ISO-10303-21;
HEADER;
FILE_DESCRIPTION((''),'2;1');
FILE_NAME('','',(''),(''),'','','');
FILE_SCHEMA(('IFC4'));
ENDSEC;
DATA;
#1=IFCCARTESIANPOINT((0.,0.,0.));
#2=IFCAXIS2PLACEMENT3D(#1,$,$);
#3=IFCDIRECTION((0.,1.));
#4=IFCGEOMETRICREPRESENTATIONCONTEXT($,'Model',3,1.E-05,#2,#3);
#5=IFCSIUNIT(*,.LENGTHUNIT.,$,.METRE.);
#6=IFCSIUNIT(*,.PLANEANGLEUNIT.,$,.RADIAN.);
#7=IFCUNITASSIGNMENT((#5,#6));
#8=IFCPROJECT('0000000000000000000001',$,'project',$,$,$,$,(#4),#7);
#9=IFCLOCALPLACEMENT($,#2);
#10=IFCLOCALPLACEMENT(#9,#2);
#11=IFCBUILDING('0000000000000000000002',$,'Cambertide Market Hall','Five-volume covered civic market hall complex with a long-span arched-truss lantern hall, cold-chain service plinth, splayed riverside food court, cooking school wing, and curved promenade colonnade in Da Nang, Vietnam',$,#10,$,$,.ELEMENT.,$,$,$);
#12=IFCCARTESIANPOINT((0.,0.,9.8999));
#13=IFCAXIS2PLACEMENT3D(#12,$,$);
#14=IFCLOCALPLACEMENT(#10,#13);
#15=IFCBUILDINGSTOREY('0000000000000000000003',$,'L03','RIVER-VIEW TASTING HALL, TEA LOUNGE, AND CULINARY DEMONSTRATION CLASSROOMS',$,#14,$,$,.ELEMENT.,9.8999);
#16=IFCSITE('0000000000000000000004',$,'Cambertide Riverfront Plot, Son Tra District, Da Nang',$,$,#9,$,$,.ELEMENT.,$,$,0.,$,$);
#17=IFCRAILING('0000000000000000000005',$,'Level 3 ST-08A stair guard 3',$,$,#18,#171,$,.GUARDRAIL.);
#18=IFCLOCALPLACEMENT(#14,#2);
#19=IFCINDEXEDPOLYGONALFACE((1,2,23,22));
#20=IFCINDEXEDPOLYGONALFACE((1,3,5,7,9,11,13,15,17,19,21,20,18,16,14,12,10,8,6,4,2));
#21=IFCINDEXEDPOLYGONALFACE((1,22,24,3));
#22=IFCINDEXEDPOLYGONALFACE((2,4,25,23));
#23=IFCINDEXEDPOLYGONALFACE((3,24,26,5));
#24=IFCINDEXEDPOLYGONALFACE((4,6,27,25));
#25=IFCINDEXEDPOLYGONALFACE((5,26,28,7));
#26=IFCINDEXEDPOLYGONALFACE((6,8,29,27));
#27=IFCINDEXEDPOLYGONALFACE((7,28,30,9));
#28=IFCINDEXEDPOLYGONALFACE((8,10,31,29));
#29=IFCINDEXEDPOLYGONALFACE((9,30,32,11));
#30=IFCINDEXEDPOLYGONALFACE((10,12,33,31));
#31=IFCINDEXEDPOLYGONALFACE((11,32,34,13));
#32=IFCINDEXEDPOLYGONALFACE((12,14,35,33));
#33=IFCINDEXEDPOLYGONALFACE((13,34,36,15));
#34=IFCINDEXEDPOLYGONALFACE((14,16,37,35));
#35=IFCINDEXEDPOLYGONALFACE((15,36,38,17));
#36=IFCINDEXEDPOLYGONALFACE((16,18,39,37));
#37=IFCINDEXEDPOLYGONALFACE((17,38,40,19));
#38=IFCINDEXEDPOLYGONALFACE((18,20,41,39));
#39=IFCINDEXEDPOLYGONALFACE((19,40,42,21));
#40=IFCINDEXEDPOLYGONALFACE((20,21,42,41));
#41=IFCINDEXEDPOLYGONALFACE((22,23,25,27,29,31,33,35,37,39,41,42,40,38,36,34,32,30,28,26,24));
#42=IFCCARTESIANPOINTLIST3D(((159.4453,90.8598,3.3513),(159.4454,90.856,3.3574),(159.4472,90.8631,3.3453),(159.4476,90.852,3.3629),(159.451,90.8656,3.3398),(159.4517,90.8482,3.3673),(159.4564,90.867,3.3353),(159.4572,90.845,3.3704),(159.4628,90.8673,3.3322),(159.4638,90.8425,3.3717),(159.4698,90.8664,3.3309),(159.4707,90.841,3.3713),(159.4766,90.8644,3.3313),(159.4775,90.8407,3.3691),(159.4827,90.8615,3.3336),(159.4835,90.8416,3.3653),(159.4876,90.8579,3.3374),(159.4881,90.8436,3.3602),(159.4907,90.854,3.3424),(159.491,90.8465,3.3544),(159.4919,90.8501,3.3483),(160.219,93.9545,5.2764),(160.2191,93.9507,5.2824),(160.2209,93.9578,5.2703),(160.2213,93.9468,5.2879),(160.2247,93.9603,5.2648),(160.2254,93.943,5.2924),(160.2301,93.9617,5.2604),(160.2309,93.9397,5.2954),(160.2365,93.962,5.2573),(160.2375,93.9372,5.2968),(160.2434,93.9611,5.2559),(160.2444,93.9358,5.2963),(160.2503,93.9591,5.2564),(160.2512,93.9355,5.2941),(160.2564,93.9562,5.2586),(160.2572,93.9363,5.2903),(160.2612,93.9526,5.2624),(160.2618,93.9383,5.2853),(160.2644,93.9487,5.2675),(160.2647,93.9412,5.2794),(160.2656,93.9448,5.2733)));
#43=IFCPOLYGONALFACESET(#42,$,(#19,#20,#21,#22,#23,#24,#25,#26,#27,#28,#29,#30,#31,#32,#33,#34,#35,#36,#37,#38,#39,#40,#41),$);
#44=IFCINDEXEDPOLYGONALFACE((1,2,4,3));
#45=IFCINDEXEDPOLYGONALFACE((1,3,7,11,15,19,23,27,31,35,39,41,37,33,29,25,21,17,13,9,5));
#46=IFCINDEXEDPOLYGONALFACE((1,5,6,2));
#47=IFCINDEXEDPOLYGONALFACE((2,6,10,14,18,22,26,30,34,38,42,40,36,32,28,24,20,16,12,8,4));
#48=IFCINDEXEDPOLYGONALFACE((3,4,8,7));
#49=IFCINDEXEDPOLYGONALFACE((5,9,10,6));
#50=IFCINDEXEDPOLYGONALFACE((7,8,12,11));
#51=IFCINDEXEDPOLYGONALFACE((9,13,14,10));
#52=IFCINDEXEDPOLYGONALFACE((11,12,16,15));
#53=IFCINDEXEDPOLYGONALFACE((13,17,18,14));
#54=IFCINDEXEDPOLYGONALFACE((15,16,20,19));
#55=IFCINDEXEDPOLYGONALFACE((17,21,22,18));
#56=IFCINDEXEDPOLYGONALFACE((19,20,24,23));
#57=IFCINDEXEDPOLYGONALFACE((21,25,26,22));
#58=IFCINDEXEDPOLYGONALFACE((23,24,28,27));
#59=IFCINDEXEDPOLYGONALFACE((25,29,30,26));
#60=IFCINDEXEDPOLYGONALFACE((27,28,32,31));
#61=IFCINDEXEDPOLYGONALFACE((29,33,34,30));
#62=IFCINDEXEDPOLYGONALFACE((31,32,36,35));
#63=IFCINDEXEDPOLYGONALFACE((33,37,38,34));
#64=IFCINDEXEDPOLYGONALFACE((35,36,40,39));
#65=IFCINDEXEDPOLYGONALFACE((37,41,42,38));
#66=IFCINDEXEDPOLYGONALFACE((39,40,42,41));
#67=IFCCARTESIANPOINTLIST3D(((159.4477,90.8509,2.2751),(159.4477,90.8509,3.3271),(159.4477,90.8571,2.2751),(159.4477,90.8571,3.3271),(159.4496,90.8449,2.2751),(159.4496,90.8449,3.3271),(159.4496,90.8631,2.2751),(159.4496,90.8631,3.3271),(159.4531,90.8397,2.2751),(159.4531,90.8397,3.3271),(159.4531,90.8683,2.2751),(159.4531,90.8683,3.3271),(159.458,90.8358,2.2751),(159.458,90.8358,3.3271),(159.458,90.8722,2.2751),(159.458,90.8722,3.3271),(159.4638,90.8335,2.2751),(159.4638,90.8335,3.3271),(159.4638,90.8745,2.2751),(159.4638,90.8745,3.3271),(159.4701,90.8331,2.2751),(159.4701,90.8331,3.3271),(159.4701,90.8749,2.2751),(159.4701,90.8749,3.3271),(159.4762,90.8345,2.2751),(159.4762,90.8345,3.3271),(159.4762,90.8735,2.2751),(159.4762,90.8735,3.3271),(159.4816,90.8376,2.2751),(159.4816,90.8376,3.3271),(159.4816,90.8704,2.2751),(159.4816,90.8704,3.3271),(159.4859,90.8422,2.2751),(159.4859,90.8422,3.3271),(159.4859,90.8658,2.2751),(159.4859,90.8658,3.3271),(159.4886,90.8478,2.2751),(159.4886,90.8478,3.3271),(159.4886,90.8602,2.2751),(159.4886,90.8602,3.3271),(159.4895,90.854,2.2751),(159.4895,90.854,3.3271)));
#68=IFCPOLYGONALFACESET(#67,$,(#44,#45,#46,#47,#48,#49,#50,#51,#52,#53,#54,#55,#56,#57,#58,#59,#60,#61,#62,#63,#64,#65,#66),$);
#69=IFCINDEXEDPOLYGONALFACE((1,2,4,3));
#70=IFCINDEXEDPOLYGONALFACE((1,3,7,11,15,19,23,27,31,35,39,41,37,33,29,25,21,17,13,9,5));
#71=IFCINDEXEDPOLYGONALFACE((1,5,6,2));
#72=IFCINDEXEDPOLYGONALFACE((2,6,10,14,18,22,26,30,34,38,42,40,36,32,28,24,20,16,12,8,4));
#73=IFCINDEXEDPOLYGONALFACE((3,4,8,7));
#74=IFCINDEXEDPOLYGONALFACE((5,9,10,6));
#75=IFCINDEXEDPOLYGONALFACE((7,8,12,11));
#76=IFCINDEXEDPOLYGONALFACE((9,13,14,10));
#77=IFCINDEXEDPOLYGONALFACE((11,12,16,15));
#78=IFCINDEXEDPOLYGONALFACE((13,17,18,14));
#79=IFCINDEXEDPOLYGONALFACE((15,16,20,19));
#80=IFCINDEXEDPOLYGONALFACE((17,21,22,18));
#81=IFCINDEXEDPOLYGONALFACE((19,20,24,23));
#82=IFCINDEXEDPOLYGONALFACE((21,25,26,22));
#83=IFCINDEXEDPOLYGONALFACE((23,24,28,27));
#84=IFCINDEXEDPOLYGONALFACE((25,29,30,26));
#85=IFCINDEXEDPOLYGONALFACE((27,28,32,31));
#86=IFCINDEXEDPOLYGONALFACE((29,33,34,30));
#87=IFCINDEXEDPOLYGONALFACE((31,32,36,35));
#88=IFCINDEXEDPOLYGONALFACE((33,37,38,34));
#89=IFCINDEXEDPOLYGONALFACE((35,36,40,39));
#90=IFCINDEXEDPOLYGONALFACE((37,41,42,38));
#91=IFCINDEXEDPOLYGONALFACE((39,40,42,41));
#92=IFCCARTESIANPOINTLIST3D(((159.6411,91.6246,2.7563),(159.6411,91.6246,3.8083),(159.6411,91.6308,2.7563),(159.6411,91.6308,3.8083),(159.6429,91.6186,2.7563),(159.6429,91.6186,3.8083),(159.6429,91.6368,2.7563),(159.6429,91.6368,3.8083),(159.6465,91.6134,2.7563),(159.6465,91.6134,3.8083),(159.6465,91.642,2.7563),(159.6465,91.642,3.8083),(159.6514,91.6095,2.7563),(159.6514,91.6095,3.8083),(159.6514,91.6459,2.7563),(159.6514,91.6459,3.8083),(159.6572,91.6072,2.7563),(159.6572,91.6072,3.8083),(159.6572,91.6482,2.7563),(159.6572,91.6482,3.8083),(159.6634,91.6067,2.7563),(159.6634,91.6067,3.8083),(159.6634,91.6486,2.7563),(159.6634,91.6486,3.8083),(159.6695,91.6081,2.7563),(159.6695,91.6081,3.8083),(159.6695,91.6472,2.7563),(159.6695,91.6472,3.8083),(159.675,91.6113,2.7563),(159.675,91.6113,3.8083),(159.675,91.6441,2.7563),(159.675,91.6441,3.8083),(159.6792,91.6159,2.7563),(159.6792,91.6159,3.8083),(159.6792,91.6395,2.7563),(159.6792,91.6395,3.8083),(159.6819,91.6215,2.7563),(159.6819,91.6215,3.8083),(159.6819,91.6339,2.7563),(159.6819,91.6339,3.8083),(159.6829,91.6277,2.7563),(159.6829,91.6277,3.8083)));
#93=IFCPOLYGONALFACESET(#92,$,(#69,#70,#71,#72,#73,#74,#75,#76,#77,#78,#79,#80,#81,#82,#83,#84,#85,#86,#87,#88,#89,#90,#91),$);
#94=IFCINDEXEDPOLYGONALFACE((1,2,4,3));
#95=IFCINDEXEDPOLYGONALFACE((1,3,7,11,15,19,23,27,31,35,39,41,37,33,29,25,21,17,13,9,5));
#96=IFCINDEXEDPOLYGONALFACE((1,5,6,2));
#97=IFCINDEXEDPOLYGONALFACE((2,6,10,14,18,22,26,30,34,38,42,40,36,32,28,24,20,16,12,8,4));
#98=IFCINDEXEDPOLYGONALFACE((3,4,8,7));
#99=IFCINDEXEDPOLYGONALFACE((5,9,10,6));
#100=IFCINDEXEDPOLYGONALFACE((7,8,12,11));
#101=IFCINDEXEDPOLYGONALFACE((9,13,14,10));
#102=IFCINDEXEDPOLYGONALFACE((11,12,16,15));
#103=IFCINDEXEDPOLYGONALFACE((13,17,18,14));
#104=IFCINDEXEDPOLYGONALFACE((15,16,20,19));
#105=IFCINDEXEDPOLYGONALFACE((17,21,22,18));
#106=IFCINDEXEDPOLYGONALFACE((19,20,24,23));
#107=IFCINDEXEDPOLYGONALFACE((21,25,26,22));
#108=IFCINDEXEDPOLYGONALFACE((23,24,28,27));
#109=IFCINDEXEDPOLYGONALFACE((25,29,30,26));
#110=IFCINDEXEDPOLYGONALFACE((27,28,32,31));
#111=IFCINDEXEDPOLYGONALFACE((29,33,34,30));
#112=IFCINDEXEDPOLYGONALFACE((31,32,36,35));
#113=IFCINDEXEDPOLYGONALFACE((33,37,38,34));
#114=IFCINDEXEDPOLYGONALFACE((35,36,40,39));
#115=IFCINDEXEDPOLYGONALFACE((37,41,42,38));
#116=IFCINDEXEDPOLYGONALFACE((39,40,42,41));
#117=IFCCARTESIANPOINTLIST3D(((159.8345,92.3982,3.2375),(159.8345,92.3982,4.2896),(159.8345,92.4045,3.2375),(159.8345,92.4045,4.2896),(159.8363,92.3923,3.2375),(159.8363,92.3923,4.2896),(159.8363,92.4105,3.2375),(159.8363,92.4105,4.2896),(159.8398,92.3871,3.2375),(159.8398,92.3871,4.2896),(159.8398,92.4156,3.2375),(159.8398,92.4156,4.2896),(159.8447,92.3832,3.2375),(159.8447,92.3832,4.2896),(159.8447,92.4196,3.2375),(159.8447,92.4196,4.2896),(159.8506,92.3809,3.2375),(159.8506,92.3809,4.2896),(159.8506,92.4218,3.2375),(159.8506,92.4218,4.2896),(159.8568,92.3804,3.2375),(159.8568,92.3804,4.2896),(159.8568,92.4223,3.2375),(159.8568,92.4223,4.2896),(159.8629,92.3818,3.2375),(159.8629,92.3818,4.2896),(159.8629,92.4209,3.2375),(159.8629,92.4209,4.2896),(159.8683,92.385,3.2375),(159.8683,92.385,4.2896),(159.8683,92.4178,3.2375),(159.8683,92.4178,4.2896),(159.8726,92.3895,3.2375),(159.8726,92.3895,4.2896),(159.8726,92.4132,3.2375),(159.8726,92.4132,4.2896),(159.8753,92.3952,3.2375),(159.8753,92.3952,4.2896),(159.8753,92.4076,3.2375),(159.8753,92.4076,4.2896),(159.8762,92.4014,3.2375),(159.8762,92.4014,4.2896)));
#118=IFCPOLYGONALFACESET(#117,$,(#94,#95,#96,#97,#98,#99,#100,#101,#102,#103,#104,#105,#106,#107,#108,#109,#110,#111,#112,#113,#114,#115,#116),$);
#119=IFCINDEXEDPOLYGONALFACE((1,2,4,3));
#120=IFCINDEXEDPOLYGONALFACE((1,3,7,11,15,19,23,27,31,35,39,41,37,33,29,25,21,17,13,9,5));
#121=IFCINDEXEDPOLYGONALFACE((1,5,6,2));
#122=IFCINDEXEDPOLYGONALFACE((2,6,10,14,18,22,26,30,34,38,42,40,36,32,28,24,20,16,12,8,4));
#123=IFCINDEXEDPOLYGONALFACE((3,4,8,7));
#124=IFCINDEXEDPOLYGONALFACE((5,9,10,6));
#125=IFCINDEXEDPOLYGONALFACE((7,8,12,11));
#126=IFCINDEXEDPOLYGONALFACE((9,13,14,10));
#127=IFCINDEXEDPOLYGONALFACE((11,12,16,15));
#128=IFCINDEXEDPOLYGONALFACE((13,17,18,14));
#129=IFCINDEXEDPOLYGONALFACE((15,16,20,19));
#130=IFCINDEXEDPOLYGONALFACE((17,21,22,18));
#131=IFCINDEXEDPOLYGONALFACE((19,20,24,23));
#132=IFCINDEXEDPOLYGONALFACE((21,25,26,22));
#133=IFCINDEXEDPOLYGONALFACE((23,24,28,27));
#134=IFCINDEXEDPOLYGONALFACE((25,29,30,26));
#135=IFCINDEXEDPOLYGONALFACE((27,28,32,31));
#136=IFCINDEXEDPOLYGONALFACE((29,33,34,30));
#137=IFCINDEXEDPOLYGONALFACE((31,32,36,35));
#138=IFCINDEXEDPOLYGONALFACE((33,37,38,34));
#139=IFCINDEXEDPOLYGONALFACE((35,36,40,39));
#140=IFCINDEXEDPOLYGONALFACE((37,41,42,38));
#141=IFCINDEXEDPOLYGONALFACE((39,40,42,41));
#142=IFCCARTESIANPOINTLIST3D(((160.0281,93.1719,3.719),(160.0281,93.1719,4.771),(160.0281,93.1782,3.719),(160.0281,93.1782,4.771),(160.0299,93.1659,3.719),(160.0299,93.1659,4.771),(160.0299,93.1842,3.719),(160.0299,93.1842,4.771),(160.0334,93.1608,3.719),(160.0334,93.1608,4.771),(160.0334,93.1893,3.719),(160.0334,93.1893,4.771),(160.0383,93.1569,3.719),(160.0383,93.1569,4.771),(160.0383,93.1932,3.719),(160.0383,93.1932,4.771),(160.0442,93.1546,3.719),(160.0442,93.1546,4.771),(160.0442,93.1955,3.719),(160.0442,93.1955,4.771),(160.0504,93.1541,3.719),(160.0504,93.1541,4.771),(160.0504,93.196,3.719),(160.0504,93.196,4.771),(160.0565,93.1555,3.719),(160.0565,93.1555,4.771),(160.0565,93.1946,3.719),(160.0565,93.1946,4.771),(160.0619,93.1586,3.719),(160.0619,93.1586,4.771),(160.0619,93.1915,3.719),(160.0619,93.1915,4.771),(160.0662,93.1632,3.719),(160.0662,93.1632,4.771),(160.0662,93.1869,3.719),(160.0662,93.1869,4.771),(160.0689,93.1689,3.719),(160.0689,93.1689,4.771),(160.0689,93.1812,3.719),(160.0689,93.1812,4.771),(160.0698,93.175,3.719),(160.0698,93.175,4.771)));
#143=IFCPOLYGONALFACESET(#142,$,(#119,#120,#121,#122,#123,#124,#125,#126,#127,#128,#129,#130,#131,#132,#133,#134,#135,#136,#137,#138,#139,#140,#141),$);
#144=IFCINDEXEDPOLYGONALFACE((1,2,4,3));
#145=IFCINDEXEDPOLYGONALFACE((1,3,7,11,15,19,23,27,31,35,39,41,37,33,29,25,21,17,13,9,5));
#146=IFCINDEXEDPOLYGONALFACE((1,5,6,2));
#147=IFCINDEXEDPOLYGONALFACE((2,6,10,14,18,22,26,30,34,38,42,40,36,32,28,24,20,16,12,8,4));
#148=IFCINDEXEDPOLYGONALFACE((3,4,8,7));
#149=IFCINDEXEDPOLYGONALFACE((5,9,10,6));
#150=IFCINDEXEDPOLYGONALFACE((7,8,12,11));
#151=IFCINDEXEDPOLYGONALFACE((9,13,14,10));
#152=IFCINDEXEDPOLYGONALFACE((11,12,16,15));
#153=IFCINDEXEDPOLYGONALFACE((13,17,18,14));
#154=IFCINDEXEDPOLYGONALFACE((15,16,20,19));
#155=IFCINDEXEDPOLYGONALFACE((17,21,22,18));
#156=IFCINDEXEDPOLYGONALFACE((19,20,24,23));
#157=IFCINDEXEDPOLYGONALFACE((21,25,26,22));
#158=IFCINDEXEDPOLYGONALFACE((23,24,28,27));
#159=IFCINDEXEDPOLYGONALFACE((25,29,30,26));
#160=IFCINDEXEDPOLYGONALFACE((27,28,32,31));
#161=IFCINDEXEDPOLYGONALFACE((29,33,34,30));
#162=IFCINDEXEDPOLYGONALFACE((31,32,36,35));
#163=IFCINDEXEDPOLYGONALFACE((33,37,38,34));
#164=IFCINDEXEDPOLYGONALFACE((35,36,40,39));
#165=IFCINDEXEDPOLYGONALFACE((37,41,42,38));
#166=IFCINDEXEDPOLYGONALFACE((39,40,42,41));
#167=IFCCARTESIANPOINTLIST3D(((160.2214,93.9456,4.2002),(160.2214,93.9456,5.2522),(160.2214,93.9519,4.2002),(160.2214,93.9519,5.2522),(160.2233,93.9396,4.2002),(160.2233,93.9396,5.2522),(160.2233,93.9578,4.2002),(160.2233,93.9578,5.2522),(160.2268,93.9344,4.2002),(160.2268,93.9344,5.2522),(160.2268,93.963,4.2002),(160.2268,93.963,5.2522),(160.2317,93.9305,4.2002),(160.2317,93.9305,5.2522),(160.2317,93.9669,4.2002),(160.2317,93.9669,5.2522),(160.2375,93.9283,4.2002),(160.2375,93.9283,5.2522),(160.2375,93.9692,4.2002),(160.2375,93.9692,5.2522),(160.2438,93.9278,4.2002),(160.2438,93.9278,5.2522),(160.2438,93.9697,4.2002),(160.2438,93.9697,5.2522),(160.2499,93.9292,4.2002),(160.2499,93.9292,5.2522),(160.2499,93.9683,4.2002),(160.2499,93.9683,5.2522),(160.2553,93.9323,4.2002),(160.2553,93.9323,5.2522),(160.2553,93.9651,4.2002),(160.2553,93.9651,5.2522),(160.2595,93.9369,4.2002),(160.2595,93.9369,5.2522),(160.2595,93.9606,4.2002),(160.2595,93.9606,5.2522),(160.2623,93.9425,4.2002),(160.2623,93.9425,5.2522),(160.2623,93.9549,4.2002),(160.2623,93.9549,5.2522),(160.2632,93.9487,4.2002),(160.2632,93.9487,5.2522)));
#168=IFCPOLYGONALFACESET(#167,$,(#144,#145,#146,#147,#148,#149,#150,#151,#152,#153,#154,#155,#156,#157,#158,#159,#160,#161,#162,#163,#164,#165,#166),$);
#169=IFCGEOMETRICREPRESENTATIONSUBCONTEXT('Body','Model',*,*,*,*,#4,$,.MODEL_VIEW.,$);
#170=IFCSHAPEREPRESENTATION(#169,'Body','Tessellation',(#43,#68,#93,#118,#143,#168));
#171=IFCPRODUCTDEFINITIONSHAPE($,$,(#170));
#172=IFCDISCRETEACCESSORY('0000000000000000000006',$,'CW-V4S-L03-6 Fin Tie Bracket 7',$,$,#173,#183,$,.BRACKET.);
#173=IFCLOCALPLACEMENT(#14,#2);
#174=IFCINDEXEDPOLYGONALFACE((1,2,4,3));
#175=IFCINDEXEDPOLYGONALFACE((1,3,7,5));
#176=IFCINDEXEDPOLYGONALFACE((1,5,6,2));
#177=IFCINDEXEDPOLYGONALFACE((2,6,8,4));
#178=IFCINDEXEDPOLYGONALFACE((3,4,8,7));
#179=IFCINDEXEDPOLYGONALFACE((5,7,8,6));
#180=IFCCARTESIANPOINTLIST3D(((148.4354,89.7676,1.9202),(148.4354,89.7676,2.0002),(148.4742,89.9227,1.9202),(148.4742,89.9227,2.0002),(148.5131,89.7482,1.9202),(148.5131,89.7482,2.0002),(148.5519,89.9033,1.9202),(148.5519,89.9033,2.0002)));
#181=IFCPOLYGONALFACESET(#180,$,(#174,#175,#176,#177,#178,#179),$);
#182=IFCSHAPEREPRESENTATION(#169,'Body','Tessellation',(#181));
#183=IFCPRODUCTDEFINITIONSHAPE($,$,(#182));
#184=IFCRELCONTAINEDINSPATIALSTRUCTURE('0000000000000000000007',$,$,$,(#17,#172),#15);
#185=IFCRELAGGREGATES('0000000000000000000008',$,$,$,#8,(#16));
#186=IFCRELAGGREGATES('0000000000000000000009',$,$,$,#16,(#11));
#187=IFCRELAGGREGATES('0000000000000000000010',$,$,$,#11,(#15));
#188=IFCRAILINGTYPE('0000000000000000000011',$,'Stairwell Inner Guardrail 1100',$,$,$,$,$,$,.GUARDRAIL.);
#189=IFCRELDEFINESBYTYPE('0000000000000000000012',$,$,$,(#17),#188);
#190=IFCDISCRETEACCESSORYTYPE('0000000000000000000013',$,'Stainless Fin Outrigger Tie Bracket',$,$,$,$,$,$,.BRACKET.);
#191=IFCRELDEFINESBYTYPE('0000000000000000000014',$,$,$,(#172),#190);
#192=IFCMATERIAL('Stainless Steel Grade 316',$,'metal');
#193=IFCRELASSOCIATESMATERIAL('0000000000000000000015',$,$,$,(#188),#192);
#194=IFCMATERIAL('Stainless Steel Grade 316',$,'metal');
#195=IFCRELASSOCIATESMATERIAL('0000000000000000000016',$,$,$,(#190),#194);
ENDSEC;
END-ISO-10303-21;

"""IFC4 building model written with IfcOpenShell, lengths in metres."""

from ifc_helpers import new_model, si_unit, direction, frame, origin, origin_2d, place, context, subcontext, project, spatial, rectangle, circle, extrude, material, type_object, element, save


model = new_model("IFC4")

# Units and contexts
model_context = context("Model", 3, precision=1e-05, world=origin(), true_north=direction((0.0, 1.0)))
body_context = subcontext(model_context, "Body", "Model", "MODEL_VIEW")
ifc_project = project(units=[si_unit("LENGTHUNIT", "METRE"), si_unit("PLANEANGLEUNIT", "RADIAN")], contexts=[model_context])

# Site, building, storey
site_placement = place(None, origin())
site = spatial("IfcSite", under=ifc_project, at=site_placement, Name="Cambertide Riverfront Plot, Son Tra District, Da Nang", CompositionType="ELEMENT", RefElevation=0.0)
building_placement = place(site_placement, origin())
building = spatial("IfcBuilding", under=site, at=building_placement, Name="Cambertide Market Hall", Description="Five-volume covered civic market hall complex with a long-span arched-truss lantern hall, cold-chain service plinth, splayed riverside food court, cooking school wing, and curved promenade colonnade in Da Nang, Vietnam", CompositionType="ELEMENT")
storey_placement = place(building_placement, frame((0.0, 0.0, 9.8999)))
storey = spatial("IfcBuildingStorey", under=building, at=storey_placement, Name="L03", Description="RIVER-VIEW TASTING HALL, TEA LOUNGE, AND CULINARY DEMONSTRATION CLASSROOMS", CompositionType="ELEMENT", Elevation=9.8999)

# Railing
ifc_material_1 = material(Name="Stainless Steel Grade 316", Category="metal")
railing_type_1 = type_object("IfcRailingType", Name="Stairwell Inner Guardrail 1100", PredefinedType="GUARDRAIL", material=ifc_material_1)
railing_1_placement = place(storey_placement, frame((159.4685, 90.854, 2.2751)))
element("IfcRailing", 1, at=railing_1_placement, inside=storey, type_object=railing_type_1, Name="Level 3 ST-08A stair guard 3", PredefinedType="GUARDRAIL", context=body_context, shape_type="SweptSolid", body=[
    extrude(circle(Radius=0.0239, at=origin_2d()), frame((0.0, 0.0, 1.0762), z_axis=(0.207654, 0.830616, 0.516678), x_axis=(-0.970143, 0.242536, 0.0)), (0.0, 0.0, 1.0), 3.7258),
    extrude(circle(Radius=0.021, at=origin_2d()), origin(), (0.0, 0.0, 1.0), 1.052),
    extrude(circle(Radius=0.021, at=origin_2d()), frame((0.1934, 0.7737, 0.4812)), (0.0, 0.0, 1.0), 1.052),
    extrude(circle(Radius=0.021, at=origin_2d()), frame((0.3867, 1.5474, 0.9624)), (0.0, 0.0, 1.0), 1.052),
    extrude(circle(Radius=0.021, at=origin_2d()), frame((0.5803, 2.321, 1.4438)), (0.0, 0.0, 1.0), 1.052),
    extrude(circle(Radius=0.021, at=origin_2d()), frame((0.7737, 3.0947, 1.925)), (0.0, 0.0, 1.0), 1.052),
])

# Discrete accessory
ifc_material_2 = material(Name="Stainless Steel Grade 316", Category="metal")
discrete_accessory_type = type_object("IfcDiscreteAccessoryType", Name="Stainless Fin Outrigger Tie Bracket", PredefinedType="BRACKET", material=ifc_material_2)
discrete_accessory_placement = place(storey_placement, frame((148.4937, 89.8354, 1.9202), z_axis=(0.0, 0.0, 1.0), x_axis=(-0.970143, 0.242535, 0.0)))
element("IfcDiscreteAccessory", 2, at=discrete_accessory_placement, inside=storey, type_object=discrete_accessory_type, Name="CW-V4S-L03-6 Fin Tie Bracket 7", PredefinedType="BRACKET", context=body_context, shape_type="SweptSolid", body=[
    extrude(rectangle(XDim=0.0801, YDim=0.1599, at=origin_2d()), origin(), (0.0, 0.0, 1.0), 0.0801),
])

save(model, "model.ifc")
